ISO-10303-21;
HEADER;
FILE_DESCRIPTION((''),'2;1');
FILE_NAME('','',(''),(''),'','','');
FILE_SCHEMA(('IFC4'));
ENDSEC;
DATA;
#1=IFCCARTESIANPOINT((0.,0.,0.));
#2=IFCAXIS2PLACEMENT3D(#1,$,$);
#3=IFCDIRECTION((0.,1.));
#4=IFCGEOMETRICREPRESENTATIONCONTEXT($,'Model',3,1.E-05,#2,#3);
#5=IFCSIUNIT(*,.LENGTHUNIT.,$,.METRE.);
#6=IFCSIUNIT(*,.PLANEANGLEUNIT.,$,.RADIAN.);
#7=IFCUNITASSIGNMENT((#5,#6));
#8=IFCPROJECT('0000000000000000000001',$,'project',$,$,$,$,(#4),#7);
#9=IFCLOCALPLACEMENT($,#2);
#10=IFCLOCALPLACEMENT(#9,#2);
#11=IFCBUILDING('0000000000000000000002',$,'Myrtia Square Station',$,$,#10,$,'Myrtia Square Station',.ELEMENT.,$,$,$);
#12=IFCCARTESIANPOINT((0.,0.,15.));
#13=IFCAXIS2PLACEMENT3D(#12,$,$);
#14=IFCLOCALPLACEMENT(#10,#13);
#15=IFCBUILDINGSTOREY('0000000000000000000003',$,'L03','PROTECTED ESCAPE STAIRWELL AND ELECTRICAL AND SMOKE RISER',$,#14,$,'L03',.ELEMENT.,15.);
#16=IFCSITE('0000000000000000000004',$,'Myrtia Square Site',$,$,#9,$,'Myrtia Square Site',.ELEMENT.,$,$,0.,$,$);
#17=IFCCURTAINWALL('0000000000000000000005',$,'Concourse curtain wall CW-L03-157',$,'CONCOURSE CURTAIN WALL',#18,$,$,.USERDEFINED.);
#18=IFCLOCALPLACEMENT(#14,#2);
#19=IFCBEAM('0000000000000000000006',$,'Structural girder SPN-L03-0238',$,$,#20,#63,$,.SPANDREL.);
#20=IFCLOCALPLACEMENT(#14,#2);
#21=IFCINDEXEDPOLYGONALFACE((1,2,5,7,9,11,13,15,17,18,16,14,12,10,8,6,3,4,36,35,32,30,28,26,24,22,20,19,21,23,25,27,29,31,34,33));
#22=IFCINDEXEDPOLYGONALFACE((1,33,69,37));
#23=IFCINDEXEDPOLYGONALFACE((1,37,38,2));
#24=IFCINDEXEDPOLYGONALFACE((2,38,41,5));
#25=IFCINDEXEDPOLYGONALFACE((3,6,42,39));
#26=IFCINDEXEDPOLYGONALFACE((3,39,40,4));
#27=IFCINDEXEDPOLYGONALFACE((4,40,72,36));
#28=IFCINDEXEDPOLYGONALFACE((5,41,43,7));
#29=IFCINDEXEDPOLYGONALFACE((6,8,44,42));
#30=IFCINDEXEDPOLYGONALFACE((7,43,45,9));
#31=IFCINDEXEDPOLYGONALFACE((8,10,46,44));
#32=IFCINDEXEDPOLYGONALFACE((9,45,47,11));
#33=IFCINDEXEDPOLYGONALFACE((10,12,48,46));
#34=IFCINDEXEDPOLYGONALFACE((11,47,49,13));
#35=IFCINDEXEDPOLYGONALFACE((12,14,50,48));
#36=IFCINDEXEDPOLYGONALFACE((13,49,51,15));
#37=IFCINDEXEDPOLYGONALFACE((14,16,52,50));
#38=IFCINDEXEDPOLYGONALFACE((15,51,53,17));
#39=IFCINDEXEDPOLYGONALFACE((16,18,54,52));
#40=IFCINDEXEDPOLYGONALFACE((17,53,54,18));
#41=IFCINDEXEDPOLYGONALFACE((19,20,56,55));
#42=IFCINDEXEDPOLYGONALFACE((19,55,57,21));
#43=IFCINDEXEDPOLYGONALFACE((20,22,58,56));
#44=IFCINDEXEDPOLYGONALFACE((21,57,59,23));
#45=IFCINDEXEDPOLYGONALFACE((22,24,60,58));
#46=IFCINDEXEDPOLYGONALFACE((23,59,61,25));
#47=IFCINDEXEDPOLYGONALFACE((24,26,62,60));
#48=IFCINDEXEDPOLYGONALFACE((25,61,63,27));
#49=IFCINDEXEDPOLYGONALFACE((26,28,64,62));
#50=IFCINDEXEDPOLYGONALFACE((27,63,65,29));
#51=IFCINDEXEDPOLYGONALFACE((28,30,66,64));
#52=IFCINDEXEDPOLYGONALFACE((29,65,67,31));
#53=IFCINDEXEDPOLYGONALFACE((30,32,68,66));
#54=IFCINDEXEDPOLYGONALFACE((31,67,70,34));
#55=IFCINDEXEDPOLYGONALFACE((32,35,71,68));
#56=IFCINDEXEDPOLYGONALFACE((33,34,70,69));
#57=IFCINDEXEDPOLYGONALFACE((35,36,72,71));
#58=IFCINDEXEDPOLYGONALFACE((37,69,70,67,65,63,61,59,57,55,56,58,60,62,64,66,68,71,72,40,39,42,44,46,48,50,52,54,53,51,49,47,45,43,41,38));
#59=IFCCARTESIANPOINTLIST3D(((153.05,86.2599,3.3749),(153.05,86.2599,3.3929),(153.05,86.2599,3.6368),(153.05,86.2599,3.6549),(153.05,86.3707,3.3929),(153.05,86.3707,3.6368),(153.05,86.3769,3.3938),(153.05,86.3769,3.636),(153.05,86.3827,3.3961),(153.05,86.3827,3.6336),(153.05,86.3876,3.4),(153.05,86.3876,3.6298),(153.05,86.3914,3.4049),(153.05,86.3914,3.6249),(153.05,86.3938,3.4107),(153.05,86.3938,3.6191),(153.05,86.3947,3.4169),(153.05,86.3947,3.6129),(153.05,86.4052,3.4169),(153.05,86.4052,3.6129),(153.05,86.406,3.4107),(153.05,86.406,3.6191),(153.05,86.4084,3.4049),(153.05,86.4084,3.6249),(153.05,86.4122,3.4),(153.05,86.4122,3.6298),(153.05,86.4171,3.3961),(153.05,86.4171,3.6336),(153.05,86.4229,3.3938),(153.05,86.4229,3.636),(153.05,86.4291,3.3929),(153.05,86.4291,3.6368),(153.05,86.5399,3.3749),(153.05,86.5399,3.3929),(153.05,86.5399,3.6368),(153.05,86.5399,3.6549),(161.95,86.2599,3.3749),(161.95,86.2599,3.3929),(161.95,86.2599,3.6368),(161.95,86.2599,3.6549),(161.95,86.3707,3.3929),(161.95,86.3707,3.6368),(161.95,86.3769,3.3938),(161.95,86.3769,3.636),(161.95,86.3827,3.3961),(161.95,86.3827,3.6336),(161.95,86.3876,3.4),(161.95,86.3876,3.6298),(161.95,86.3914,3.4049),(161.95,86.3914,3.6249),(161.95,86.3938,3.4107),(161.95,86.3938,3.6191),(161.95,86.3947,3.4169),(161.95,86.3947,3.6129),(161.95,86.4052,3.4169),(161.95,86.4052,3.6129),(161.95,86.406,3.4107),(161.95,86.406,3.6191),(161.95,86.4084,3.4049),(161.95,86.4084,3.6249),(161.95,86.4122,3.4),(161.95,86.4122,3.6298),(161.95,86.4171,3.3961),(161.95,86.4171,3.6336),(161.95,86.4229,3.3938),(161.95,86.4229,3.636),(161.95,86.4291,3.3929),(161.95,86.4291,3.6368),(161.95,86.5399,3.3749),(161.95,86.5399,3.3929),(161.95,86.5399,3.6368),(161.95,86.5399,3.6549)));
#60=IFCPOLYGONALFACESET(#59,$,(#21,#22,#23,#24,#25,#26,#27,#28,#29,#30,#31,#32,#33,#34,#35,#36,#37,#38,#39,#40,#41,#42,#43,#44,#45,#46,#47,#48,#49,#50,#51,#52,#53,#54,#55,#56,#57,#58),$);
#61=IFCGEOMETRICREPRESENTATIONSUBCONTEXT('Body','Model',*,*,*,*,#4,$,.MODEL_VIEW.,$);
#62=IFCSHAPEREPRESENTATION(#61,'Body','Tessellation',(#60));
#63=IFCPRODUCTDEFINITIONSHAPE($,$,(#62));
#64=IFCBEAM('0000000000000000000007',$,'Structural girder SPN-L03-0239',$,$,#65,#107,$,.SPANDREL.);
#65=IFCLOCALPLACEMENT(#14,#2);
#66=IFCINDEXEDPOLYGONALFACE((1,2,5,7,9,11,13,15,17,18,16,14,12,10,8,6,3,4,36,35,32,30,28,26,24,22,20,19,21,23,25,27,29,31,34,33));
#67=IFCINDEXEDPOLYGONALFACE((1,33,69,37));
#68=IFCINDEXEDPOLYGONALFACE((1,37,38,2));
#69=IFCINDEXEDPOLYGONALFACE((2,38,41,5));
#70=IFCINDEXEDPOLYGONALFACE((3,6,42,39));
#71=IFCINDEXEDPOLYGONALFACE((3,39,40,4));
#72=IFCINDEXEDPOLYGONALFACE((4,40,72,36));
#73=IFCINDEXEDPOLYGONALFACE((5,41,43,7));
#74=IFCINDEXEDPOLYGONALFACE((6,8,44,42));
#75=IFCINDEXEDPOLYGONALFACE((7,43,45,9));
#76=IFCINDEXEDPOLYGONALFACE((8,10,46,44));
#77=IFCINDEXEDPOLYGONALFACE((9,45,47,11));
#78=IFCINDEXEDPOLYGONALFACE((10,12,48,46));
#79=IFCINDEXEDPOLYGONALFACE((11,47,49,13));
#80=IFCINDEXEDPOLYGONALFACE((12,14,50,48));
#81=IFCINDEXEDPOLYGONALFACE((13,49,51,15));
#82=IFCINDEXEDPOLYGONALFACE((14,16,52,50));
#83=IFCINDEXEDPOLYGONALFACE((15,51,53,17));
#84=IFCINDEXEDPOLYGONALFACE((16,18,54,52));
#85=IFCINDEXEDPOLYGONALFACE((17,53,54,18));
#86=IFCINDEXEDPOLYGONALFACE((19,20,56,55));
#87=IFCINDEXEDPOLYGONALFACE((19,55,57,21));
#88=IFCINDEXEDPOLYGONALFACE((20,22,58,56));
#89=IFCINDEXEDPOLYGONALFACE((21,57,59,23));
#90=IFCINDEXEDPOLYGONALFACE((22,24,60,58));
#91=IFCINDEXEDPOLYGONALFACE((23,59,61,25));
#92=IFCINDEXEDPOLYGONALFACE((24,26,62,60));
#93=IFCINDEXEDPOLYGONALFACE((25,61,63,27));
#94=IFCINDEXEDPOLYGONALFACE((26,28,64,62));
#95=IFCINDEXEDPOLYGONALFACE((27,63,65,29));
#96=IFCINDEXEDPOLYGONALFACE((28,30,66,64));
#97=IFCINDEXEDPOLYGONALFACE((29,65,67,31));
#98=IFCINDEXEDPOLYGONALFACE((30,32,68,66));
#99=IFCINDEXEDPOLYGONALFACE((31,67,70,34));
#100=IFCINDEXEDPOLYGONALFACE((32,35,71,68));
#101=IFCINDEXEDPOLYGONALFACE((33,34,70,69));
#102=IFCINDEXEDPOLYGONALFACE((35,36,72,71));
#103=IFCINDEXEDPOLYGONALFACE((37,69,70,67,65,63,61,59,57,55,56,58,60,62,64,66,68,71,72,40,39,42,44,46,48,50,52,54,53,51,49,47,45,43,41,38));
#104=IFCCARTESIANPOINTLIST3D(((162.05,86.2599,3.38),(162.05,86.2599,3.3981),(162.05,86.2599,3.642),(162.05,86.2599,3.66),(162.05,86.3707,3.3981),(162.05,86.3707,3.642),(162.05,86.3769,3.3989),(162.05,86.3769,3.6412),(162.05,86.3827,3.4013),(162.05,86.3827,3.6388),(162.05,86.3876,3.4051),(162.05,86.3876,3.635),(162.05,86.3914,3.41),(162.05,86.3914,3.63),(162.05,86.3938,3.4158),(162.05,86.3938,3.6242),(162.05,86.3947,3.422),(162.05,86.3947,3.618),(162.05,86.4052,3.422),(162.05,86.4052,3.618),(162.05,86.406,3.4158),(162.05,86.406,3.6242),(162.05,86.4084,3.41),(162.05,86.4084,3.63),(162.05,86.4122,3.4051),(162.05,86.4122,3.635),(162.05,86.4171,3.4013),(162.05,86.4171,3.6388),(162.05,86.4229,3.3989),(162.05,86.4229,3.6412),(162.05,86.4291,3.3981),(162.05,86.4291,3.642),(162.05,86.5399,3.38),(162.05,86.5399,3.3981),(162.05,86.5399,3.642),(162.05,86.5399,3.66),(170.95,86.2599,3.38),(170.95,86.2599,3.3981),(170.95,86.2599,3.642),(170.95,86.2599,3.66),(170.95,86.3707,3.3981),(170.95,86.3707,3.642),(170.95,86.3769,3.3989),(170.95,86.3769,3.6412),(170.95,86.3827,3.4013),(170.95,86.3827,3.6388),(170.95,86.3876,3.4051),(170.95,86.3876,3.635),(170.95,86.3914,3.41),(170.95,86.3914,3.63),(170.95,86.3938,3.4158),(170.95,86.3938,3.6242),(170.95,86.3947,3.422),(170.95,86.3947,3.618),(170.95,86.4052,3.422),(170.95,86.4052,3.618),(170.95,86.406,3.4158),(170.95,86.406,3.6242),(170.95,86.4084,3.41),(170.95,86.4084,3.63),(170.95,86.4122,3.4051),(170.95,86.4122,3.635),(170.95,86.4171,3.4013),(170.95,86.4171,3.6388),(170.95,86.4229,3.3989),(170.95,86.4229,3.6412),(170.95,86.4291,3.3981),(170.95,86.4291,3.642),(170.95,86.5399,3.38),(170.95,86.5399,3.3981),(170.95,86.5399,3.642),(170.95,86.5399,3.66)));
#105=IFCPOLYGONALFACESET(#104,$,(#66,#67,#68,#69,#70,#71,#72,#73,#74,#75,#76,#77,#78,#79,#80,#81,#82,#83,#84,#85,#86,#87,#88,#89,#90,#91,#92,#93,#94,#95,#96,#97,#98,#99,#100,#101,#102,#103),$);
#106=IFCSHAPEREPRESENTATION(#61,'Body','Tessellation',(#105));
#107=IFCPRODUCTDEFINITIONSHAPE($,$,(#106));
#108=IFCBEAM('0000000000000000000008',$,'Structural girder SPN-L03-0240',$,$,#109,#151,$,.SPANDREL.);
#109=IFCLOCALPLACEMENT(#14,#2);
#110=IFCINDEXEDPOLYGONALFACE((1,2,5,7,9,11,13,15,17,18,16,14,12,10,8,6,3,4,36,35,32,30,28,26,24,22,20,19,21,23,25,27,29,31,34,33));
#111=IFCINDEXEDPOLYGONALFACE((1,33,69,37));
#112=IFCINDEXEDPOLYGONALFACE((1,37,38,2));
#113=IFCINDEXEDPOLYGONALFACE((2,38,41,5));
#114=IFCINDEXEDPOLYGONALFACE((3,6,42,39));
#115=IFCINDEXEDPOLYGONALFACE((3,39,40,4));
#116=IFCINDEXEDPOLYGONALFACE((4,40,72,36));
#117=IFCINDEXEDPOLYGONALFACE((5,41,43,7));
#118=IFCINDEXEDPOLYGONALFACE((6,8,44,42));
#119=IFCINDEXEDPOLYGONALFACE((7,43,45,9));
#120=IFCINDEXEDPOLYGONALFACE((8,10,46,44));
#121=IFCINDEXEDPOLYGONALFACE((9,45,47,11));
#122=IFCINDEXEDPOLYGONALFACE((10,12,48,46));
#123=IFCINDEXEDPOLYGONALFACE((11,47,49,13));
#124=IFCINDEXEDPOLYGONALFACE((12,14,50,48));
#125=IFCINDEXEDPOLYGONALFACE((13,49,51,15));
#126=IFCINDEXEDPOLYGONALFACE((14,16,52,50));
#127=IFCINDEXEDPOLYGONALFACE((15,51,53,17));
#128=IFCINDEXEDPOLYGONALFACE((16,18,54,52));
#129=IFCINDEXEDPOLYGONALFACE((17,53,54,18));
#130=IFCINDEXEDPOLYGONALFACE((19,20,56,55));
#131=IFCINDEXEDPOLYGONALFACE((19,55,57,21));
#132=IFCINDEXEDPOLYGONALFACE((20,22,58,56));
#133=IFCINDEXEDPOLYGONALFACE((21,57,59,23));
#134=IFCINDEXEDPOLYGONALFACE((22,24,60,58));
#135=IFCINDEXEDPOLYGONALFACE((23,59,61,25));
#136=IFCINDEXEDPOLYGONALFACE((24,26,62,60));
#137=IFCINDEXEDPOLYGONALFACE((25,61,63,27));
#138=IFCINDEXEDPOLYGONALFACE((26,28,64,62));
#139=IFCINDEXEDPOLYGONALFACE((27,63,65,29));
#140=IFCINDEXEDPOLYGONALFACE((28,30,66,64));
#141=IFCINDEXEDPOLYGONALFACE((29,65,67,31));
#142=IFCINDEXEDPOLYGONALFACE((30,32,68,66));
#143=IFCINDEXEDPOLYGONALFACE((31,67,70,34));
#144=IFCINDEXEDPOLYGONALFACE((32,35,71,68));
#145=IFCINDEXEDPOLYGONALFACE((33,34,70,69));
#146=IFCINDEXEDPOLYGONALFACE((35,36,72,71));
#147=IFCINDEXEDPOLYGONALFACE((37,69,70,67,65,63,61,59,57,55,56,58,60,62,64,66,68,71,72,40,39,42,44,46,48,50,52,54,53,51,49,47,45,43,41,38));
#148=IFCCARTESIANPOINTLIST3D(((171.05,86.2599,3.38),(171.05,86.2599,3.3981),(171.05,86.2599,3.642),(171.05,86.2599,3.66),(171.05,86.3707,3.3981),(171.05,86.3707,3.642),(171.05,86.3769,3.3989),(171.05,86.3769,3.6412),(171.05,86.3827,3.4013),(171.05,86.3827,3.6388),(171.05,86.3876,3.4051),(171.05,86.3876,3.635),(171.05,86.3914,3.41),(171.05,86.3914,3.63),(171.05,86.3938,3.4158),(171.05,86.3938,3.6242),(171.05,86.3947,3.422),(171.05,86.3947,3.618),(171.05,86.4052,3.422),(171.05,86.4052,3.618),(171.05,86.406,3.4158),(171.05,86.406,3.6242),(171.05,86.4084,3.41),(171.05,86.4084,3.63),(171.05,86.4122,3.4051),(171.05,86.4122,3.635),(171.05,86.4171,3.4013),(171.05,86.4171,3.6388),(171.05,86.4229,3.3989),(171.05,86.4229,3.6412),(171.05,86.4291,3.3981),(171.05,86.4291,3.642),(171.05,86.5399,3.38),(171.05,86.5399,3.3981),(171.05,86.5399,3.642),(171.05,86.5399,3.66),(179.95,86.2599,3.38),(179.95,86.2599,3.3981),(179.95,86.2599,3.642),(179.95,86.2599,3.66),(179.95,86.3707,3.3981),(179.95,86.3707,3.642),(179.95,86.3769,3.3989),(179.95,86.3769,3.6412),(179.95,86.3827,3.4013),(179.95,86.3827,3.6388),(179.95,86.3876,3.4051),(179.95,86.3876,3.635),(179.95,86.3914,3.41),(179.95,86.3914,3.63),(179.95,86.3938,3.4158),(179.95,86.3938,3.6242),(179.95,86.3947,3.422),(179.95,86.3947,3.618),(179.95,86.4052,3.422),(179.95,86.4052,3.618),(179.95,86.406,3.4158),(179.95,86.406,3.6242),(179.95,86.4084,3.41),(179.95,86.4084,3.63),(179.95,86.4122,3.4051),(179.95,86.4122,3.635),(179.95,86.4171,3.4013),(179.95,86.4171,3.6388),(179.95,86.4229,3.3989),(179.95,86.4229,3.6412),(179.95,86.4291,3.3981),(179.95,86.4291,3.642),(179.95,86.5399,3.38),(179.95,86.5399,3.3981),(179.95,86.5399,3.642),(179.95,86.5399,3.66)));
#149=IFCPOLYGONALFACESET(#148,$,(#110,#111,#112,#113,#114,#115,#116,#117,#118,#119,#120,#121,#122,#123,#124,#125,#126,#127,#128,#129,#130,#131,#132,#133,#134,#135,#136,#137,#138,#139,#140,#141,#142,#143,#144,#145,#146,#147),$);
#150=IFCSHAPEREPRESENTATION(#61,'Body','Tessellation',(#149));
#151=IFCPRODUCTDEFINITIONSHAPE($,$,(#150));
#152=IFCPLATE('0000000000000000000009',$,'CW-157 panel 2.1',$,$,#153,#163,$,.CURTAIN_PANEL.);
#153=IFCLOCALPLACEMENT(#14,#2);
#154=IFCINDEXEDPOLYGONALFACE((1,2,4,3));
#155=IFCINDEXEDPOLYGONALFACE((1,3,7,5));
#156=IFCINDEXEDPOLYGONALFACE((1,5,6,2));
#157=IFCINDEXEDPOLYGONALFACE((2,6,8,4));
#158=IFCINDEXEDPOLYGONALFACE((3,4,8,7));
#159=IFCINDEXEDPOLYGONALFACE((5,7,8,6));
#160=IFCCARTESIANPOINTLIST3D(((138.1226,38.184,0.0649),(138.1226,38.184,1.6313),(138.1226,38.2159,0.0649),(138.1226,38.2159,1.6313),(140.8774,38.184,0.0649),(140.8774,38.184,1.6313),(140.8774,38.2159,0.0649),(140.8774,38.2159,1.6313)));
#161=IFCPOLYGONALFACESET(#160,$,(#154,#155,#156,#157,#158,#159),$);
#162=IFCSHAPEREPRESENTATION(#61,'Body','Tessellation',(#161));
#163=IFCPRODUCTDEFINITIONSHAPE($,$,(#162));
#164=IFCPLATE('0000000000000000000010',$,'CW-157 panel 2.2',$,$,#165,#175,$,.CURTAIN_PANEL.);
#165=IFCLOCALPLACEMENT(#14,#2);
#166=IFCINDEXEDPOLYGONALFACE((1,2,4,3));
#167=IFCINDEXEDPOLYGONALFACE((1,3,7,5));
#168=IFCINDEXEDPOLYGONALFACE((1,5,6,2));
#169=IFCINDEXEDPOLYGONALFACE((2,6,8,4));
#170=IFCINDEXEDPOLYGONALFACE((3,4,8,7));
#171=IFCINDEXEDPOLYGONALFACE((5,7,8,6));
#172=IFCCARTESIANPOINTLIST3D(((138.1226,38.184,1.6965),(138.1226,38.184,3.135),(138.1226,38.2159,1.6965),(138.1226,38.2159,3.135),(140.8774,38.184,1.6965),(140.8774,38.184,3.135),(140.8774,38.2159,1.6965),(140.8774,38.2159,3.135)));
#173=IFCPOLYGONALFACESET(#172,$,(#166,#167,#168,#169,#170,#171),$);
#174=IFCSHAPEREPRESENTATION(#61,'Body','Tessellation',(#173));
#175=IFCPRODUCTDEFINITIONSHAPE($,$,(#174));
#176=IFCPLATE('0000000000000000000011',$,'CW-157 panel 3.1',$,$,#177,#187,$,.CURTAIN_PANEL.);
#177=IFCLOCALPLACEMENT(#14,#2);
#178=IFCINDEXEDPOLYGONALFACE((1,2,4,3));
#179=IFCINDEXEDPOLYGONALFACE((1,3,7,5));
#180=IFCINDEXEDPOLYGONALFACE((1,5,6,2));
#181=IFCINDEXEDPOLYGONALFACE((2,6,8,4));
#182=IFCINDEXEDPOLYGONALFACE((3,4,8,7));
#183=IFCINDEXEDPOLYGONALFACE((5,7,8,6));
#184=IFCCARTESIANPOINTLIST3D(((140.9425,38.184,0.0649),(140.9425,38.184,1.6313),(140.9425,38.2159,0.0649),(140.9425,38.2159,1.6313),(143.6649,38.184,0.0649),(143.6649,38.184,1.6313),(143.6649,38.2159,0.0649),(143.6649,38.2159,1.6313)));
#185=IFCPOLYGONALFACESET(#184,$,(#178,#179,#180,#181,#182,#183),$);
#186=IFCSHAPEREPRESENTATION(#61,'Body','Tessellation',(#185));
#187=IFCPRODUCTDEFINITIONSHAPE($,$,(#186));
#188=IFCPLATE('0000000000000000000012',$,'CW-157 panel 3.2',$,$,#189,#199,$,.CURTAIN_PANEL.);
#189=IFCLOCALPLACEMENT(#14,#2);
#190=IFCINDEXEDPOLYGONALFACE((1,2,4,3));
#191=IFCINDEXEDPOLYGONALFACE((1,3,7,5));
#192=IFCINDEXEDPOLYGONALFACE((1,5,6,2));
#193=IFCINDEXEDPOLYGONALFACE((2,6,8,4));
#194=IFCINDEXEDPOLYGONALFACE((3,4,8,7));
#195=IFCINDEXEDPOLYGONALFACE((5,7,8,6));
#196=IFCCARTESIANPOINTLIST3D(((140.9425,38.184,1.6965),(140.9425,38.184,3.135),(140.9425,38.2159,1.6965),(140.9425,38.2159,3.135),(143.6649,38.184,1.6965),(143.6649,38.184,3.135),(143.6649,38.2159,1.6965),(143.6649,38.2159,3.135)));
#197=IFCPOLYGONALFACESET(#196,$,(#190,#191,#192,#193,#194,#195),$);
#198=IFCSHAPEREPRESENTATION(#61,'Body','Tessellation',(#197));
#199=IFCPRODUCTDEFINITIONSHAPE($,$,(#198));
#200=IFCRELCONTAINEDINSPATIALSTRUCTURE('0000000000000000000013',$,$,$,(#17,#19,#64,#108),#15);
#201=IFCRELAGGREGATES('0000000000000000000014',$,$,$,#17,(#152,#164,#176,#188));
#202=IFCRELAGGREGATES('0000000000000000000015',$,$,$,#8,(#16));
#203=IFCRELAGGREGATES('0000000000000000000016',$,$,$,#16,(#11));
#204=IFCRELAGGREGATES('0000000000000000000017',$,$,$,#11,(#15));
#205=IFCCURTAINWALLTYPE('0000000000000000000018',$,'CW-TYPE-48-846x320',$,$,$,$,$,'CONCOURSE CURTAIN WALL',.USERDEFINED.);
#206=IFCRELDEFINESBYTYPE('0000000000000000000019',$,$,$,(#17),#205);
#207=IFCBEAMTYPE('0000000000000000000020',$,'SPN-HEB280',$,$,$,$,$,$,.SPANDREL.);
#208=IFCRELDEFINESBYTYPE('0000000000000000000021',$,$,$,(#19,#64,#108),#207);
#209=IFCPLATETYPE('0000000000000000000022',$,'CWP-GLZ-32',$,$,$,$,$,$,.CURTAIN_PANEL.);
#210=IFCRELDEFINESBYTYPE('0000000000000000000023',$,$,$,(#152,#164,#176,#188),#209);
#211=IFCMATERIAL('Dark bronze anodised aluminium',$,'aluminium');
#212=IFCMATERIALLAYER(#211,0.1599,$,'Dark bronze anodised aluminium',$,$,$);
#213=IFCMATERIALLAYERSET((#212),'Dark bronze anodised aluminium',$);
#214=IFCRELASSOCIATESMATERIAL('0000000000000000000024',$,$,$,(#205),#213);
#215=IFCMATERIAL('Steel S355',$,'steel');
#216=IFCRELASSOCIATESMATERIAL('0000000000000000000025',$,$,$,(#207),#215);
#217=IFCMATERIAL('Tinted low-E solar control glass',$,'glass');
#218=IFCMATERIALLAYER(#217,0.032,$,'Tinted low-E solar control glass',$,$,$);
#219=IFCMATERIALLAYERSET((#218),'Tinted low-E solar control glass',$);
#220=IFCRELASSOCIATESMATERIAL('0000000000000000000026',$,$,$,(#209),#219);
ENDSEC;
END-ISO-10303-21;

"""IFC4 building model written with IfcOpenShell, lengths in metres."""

from ifc_helpers import new_model, si_unit, direction, frame, origin, origin_2d, place, context, subcontext, project, spatial, rectangle, i_section, extrude, material, layer, layer_set, material_profile, profile_set, type_object, element, aggregate, save


model = new_model("IFC4")

# Units and contexts
model_context = context("Model", 3, precision=1e-05, world=origin(), true_north=direction((0.0, 1.0)))
body_context = subcontext(model_context, "Body", "Model", "MODEL_VIEW")
ifc_project = project(units=[si_unit("LENGTHUNIT", "METRE"), si_unit("PLANEANGLEUNIT", "RADIAN")], contexts=[model_context])

# Site, building, storey
site_placement = place(None, origin())
site = spatial("IfcSite", under=ifc_project, at=site_placement, Name="Myrtia Square Site", LongName="Myrtia Square Site", CompositionType="ELEMENT", RefElevation=0.0)
building_placement = place(site_placement, origin())
building = spatial("IfcBuilding", under=site, at=building_placement, Name="Myrtia Square Station", LongName="Myrtia Square Station", CompositionType="ELEMENT")
storey_placement = place(building_placement, frame((0.0, 0.0, 15.0)))
storey = spatial("IfcBuildingStorey", under=building, at=storey_placement, Name="L03", Description="PROTECTED ESCAPE STAIRWELL AND ELECTRICAL AND SMOKE RISER", LongName="L03", CompositionType="ELEMENT", Elevation=15.0)

# Shared definitions
ifc_material_1 = material(Name="Steel S355", Category="steel")

# Curtain wall
ifc_material_2 = material(Name="Dark bronze anodised aluminium", Category="aluminium")
ifc_layer_1 = layer(ifc_material_2, 0.1599, Name="Dark bronze anodised aluminium")
ifc_layer_set_1 = layer_set([ifc_layer_1], Name="Dark bronze anodised aluminium")
curtain_wall_type = type_object("IfcCurtainWallType", Name="CW-TYPE-48-846x320", ElementType="CONCOURSE CURTAIN WALL", PredefinedType="USERDEFINED", material=ifc_layer_set_1)
curtain_wall_placement = place(storey_placement, origin())
curtain_wall = element("IfcCurtainWall", 1, at=curtain_wall_placement, inside=storey, type_object=curtain_wall_type, Name="Concourse curtain wall CW-L03-157", ObjectType="CONCOURSE CURTAIN WALL", PredefinedType="USERDEFINED")

# Beams
ifc_material_profile_1 = material_profile(ifc_material_1, i_section(OverallWidth=0.28, OverallDepth=0.28, WebThickness=0.0105, FlangeThickness=0.0181, FilletRadius=0.0239, at=origin_2d()), Name="HEB 280")
ifc_profile_set_1 = profile_set([ifc_material_profile_1], Name="Steel S355")
beam_type = type_object("IfcBeamType", Name="SPN-HEB280", PredefinedType="SPANDREL", material=ifc_profile_set_1)
for number, where, z_axis, x_axis, name in (
    (2, (153.05, 86.3999, 3.5149), (1.0, 0.0, 0.0), (0.0, 1.0, 0.0), "Structural girder SPN-L03-0238"),
    (3, (162.05, 86.3999, 3.52), (1.0, 0.0, 0.0), (0.0, 1.0, 0.0), "Structural girder SPN-L03-0239"),
    (4, (171.05, 86.3999, 3.52), (1.0, 0.0, 0.0), (0.0, 1.0, 0.0), "Structural girder SPN-L03-0240"),
):
    element("IfcBeam", number, at=place(storey_placement, frame(where, z_axis=z_axis, x_axis=x_axis)), inside=storey, type_object=beam_type, Name=name, PredefinedType="SPANDREL", context=body_context, shape_type="SweptSolid", body=[
        extrude(i_section(OverallWidth=0.28, OverallDepth=0.28, WebThickness=0.0105, FlangeThickness=0.0181, FilletRadius=0.0239, at=origin_2d()), origin(), (0.0, 0.0, 1.0), 8.8999),
    ])

# Plates
ifc_material_3 = material(Name="Tinted low-E solar control glass", Category="glass")
ifc_layer_2 = layer(ifc_material_3, 0.032, Name="Tinted low-E solar control glass")
ifc_layer_set_2 = layer_set([ifc_layer_2], Name="Tinted low-E solar control glass")
plate_type = type_object("IfcPlateType", Name="CWP-GLZ-32", PredefinedType="CURTAIN_PANEL", material=ifc_layer_set_2)
plate_1_placement = place(storey_placement, frame((139.5, 38.2, 0.0649), z_axis=(0.0, 0.0, 1.0), x_axis=(1.0, 0.0, 0.0)))
plate_1 = element("IfcPlate", 5, at=plate_1_placement, type_object=plate_type, Name="CW-157 panel 2.1", PredefinedType="CURTAIN_PANEL", context=body_context, shape_type="SweptSolid", body=[
    extrude(rectangle(XDim=2.7549, YDim=0.032, at=origin_2d()), origin(), (0.0, 0.0, 1.0), 1.5664),
])
plate_2_placement = place(storey_placement, frame((139.5, 38.2, 1.6965), z_axis=(0.0, 0.0, 1.0), x_axis=(1.0, 0.0, 0.0)))
plate_2 = element("IfcPlate", 6, at=plate_2_placement, type_object=plate_type, Name="CW-157 panel 2.2", PredefinedType="CURTAIN_PANEL", context=body_context, shape_type="SweptSolid", body=[
    extrude(rectangle(XDim=2.7549, YDim=0.032, at=origin_2d()), origin(), (0.0, 0.0, 1.0), 1.4385),
])
plate_3_placement = place(storey_placement, frame((142.3037, 38.2, 0.0649), z_axis=(0.0, 0.0, 1.0), x_axis=(1.0, 0.0, 0.0)))
plate_3 = element("IfcPlate", 7, at=plate_3_placement, type_object=plate_type, Name="CW-157 panel 3.1", PredefinedType="CURTAIN_PANEL", context=body_context, shape_type="SweptSolid", body=[
    extrude(rectangle(XDim=2.7224, YDim=0.032, at=origin_2d()), origin(), (0.0, 0.0, 1.0), 1.5664),
])
plate_4_placement = place(storey_placement, frame((142.3037, 38.2, 1.6965), z_axis=(0.0, 0.0, 1.0), x_axis=(1.0, 0.0, 0.0)))
plate_4 = element("IfcPlate", 8, at=plate_4_placement, type_object=plate_type, Name="CW-157 panel 3.2", PredefinedType="CURTAIN_PANEL", context=body_context, shape_type="SweptSolid", body=[
    extrude(rectangle(XDim=2.7224, YDim=0.032, at=origin_2d()), origin(), (0.0, 0.0, 1.0), 1.4385),
])
aggregate(curtain_wall, [plate_1, plate_2, plate_3, plate_4])

save(model, "model.ifc")
